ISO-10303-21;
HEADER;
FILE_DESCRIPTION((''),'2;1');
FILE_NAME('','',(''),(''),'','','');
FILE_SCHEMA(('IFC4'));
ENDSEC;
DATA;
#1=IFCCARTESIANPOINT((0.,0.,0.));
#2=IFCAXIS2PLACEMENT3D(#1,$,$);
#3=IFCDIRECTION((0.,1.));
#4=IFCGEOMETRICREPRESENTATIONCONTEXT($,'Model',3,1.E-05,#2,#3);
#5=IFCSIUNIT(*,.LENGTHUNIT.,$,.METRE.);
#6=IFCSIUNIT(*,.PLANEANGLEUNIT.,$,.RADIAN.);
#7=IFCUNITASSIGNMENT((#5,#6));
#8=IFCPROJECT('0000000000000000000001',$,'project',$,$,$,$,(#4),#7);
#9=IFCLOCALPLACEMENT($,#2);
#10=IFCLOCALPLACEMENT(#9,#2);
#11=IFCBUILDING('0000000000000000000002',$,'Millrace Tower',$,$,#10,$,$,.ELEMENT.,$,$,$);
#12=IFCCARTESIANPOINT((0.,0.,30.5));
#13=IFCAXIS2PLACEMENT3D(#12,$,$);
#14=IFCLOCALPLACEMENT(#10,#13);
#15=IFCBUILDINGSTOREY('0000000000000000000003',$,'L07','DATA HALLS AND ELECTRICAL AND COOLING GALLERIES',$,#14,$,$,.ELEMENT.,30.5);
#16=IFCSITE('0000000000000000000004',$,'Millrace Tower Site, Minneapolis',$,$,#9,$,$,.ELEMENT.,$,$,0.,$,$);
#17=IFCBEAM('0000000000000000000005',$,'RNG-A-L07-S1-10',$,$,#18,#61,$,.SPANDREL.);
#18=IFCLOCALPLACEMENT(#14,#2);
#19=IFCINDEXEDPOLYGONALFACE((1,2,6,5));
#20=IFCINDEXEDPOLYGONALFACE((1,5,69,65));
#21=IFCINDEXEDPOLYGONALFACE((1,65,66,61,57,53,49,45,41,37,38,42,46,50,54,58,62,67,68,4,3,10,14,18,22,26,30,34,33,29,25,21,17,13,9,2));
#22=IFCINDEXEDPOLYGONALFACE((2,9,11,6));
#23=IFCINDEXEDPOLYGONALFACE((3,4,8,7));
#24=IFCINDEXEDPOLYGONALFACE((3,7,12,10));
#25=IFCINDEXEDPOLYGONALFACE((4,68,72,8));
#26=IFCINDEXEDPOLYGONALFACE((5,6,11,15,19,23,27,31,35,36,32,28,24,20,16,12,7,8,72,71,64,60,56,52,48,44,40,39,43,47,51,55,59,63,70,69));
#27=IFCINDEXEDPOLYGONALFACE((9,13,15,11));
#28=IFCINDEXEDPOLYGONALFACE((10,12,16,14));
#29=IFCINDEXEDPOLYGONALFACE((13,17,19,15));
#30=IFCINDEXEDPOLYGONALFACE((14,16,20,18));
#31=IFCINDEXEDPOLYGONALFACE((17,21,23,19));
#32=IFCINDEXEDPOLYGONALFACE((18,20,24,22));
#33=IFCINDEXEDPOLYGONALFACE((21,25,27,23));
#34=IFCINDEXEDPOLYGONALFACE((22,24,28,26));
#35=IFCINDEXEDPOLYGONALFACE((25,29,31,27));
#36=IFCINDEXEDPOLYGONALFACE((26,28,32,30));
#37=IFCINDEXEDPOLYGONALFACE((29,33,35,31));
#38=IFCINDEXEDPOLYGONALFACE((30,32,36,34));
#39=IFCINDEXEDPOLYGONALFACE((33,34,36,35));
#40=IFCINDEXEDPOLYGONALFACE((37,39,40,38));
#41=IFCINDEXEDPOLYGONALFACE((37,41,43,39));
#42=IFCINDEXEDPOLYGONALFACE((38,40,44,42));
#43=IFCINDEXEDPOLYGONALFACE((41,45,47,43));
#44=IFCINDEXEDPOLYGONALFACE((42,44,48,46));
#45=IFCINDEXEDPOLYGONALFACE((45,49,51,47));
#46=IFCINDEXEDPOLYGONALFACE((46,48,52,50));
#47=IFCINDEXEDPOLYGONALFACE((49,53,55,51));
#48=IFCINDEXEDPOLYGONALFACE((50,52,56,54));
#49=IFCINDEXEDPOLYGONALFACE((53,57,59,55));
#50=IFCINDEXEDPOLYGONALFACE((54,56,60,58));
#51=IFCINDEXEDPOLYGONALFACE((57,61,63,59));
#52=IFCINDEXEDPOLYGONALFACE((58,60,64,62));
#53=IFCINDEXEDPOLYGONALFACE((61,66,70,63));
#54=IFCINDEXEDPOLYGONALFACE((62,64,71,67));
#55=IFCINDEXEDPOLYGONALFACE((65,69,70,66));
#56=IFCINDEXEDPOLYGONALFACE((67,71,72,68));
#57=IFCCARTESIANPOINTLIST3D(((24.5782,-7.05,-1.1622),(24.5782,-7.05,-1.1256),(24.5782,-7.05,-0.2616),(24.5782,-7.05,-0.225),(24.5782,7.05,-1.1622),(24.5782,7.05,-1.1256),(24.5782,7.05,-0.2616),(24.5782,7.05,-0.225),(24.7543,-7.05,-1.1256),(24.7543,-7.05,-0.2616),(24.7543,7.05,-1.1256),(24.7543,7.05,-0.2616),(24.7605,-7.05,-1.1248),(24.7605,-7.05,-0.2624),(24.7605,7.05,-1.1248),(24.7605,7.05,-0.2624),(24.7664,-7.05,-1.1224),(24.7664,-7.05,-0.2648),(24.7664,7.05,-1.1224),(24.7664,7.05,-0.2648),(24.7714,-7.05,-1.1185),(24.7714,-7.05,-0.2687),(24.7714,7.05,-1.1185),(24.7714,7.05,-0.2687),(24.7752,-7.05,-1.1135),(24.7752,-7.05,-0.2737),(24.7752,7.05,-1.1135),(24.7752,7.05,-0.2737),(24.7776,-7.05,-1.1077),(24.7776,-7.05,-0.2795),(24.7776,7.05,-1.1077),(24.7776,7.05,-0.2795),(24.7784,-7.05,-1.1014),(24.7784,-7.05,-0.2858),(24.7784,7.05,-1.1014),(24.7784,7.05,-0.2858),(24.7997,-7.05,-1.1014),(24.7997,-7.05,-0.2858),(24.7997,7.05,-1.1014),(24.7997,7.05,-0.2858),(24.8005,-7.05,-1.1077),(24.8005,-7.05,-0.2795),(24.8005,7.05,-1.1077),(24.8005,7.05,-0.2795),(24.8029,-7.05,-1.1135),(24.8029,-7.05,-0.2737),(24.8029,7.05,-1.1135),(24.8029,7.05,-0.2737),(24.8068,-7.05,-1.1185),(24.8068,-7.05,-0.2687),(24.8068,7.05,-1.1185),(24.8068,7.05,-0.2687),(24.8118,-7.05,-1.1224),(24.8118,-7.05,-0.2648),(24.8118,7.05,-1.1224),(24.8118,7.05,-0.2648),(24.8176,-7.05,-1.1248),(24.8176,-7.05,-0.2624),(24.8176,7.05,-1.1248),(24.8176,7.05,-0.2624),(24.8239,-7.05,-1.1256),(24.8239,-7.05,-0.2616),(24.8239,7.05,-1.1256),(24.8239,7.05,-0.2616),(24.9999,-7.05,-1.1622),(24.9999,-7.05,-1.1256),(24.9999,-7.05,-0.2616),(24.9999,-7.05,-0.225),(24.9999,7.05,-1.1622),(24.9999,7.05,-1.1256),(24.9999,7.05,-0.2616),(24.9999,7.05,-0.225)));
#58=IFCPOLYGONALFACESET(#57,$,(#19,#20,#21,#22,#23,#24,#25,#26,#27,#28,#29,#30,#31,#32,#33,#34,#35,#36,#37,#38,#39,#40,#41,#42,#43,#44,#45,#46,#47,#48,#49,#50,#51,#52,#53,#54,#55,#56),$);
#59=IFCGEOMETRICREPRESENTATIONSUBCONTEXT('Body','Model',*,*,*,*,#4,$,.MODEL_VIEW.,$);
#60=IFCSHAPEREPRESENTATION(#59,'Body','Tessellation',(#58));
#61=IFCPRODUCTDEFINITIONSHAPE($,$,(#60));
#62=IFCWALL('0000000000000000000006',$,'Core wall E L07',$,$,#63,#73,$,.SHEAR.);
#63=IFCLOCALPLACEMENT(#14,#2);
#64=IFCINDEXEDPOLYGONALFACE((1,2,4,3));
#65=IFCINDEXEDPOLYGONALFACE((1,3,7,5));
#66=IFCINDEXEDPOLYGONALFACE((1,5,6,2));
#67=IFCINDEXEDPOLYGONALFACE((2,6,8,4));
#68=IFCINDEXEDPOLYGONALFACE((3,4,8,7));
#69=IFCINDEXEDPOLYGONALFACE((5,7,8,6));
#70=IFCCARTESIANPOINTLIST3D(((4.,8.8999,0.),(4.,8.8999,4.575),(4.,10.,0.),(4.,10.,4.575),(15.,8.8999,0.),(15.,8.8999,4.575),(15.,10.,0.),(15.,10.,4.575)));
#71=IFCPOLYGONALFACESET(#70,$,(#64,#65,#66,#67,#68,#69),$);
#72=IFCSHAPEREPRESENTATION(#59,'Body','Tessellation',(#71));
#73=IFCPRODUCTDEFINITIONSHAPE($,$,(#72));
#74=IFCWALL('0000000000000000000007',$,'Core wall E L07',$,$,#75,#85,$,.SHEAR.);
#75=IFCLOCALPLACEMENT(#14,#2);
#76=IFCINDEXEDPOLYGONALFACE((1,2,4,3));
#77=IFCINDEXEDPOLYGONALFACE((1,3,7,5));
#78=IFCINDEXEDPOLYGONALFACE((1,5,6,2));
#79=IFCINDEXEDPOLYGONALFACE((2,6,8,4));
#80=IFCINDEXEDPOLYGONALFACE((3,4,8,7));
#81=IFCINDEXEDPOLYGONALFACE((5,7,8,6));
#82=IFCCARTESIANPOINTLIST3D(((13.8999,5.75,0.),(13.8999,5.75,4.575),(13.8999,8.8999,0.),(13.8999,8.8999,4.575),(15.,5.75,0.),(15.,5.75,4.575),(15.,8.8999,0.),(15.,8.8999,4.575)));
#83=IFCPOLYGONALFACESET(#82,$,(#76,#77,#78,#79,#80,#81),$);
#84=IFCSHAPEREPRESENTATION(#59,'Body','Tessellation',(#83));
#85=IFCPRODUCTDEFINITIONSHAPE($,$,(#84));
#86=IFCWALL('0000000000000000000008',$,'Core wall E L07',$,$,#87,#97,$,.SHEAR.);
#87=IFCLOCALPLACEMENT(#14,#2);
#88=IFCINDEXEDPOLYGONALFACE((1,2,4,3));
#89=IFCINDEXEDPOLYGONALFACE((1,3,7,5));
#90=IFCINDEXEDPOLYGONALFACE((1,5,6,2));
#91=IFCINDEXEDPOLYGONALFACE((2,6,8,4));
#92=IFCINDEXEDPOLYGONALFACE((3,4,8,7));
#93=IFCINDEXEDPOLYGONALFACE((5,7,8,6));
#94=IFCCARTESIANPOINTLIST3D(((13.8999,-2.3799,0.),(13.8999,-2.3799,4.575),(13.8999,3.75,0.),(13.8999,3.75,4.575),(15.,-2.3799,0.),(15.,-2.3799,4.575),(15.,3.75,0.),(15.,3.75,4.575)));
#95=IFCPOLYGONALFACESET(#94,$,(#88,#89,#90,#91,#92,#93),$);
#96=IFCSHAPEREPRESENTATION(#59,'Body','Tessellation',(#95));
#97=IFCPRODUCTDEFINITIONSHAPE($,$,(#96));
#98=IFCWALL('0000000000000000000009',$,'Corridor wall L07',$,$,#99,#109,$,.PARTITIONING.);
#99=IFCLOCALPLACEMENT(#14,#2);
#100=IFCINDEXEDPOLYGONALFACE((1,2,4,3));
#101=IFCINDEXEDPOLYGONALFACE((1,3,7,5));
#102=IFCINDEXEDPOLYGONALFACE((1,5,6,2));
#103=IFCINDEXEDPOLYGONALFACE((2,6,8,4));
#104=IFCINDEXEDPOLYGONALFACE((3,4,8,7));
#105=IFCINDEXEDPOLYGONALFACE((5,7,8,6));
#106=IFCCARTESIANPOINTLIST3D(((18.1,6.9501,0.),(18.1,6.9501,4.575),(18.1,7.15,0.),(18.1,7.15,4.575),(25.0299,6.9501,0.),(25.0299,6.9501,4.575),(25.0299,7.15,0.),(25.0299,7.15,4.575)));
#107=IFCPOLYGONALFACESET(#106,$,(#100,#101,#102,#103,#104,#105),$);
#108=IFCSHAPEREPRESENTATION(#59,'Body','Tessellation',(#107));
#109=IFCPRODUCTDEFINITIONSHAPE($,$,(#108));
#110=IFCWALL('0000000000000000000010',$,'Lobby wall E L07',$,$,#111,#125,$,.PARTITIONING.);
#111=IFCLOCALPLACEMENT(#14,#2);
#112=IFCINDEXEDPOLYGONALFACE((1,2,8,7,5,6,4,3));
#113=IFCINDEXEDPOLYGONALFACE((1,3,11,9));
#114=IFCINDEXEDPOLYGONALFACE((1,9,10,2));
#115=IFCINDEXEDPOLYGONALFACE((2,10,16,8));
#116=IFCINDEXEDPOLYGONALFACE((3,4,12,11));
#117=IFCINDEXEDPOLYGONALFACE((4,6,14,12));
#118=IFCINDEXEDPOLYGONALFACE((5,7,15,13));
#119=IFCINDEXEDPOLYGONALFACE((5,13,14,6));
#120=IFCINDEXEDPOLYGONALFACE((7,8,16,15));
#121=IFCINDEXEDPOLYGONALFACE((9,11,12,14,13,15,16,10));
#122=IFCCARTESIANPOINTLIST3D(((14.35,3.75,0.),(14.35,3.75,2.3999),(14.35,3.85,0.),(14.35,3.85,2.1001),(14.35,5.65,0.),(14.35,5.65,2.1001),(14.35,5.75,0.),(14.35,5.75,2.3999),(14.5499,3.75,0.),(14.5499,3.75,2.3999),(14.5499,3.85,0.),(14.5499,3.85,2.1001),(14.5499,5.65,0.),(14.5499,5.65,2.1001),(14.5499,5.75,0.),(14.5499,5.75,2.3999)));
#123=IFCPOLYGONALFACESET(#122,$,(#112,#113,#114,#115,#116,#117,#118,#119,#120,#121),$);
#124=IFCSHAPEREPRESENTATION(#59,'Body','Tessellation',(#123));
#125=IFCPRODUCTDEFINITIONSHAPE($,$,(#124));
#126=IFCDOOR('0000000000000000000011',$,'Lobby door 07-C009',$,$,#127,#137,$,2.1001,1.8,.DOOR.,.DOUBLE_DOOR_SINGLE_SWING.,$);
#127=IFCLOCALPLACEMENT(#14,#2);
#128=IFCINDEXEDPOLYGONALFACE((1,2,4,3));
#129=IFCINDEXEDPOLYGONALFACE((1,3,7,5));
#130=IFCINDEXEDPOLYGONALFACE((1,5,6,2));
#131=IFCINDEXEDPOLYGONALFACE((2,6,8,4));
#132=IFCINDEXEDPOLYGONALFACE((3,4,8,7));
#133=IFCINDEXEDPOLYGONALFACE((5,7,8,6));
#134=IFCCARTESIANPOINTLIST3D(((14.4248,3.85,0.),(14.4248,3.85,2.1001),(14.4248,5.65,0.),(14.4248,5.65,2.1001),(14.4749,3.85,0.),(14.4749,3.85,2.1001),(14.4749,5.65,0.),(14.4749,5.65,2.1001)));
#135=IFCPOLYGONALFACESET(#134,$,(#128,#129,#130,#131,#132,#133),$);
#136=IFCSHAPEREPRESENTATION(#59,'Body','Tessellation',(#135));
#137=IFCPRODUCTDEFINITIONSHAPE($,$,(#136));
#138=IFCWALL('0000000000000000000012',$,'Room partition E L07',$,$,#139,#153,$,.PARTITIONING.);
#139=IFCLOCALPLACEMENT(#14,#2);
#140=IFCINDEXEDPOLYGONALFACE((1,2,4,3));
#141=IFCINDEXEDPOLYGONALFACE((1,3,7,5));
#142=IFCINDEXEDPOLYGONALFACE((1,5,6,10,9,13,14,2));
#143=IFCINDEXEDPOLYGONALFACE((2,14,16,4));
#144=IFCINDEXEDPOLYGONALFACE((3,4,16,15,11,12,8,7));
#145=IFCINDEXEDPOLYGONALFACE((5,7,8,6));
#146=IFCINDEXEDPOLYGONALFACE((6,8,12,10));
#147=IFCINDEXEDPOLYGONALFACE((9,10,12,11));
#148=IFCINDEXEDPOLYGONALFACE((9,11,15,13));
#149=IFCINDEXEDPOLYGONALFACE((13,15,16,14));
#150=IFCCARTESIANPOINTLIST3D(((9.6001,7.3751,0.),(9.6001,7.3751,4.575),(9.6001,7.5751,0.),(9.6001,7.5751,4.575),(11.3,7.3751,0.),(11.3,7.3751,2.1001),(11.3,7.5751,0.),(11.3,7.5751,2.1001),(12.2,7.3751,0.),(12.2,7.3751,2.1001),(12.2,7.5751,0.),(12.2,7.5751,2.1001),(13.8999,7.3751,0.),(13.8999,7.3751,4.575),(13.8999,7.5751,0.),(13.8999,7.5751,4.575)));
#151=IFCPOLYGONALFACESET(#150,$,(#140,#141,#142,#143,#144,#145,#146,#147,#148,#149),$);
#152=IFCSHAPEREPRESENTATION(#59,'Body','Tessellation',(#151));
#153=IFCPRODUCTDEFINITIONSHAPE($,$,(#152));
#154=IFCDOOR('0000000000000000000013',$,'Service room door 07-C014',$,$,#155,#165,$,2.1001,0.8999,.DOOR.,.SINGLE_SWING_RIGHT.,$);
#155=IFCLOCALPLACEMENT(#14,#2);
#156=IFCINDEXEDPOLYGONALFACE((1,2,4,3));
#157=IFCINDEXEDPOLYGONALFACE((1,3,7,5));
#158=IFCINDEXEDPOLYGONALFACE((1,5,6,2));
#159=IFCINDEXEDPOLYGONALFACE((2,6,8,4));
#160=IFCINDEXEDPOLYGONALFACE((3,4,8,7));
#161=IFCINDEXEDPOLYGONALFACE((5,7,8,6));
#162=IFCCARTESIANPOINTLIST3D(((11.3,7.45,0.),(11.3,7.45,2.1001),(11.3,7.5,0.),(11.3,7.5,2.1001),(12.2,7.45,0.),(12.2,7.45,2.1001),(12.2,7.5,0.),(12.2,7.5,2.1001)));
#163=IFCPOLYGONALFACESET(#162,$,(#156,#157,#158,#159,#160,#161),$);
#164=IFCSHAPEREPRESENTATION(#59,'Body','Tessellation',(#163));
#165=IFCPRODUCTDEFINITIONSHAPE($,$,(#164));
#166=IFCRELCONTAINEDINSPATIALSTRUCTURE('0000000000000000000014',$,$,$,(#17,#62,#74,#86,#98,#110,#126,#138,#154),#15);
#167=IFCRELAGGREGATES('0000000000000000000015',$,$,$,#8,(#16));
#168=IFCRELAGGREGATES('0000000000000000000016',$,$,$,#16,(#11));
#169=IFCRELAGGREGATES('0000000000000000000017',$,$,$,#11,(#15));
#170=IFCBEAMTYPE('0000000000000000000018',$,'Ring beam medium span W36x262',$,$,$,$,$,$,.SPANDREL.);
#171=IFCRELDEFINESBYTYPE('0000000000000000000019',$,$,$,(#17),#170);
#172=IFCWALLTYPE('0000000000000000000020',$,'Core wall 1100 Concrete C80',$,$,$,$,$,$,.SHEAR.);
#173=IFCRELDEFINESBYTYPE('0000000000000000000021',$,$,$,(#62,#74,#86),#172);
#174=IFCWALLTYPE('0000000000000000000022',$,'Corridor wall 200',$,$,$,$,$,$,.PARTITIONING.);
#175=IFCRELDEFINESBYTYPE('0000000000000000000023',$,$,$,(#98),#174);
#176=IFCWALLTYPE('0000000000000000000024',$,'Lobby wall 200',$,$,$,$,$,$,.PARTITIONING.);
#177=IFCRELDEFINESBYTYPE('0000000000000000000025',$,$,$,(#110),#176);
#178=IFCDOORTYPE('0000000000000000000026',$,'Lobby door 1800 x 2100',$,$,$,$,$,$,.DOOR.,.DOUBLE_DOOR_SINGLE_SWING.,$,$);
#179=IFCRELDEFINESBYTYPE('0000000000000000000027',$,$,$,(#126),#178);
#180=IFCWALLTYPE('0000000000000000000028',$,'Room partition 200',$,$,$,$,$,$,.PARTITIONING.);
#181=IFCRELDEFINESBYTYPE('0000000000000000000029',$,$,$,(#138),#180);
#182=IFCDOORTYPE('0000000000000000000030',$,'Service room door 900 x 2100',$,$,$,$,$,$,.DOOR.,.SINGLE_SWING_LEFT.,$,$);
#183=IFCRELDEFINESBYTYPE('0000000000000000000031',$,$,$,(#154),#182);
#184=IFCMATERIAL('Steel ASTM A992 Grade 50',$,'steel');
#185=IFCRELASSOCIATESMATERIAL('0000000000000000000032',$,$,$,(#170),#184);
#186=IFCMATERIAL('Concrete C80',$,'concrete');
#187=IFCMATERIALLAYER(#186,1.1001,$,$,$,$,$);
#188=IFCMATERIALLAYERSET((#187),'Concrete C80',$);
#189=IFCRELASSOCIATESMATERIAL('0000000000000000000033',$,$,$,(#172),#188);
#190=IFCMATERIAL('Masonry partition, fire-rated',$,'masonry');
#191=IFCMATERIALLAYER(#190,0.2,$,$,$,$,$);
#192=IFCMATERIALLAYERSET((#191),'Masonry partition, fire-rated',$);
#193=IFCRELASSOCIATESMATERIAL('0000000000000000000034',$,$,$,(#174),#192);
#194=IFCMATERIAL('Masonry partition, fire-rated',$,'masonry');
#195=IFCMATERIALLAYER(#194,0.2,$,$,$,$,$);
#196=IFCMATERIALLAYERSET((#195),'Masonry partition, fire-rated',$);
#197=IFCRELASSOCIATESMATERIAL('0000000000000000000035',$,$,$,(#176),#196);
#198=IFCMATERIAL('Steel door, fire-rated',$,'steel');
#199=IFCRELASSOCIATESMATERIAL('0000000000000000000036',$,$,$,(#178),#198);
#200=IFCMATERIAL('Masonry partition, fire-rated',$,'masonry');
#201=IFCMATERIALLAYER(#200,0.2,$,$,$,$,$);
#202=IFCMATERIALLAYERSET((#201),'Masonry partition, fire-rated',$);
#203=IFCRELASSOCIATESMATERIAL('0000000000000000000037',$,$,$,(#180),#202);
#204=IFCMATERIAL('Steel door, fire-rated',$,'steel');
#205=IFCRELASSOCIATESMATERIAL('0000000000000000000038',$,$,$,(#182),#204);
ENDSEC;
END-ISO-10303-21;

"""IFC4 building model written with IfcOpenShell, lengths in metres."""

from ifc_helpers import new_model, si_unit, direction, frame, frame_2d, origin, origin_2d, place, context, subcontext, project, spatial, rectangle, i_section, extrude, material, layer, layer_set, material_profile, profile_set, type_object, element, fill, save


model = new_model("IFC4")

# Units and contexts
model_context = context("Model", 3, precision=1e-05, world=origin(), true_north=direction((0.0, 1.0)))
body_context = subcontext(model_context, "Body", "Model", "MODEL_VIEW")
ifc_project = project(units=[si_unit("LENGTHUNIT", "METRE"), si_unit("PLANEANGLEUNIT", "RADIAN")], contexts=[model_context])

# Site, building, storey
site_placement = place(None, origin())
site = spatial("IfcSite", under=ifc_project, at=site_placement, Name="Millrace Tower Site, Minneapolis", CompositionType="ELEMENT", RefElevation=0.0)
building_placement = place(site_placement, origin())
building = spatial("IfcBuilding", under=site, at=building_placement, Name="Millrace Tower", CompositionType="ELEMENT")
storey_placement = place(building_placement, frame((0.0, 0.0, 30.5)))
storey = spatial("IfcBuildingStorey", under=building, at=storey_placement, Name="L07", Description="DATA HALLS AND ELECTRICAL AND COOLING GALLERIES", CompositionType="ELEMENT", Elevation=30.5)

# Beam
ifc_material_1 = material(Name="Steel ASTM A992 Grade 50", Category="steel")
ifc_material_profile_1 = material_profile(ifc_material_1, i_section(OverallWidth=0.4216, OverallDepth=0.9373, WebThickness=0.0212, FlangeThickness=0.0366, FilletRadius=0.0242, at=origin_2d()))
ifc_profile_set_1 = profile_set([ifc_material_profile_1], Name="Steel ASTM A992 Grade 50")
beam_type_1 = type_object("IfcBeamType", Name="Ring beam medium span W36x262", PredefinedType="SPANDREL", material=ifc_profile_set_1)
beam_1_placement = place(storey_placement, frame((24.7891, 7.05, -0.6936), z_axis=(0.0, -1.0, 0.0), x_axis=(1.0, 0.0, 0.0)))
element("IfcBeam", 1, at=beam_1_placement, inside=storey, type_object=beam_type_1, Name="RNG-A-L07-S1-10", PredefinedType="SPANDREL", context=body_context, shape_type="SweptSolid", body=[
    extrude(i_section(OverallWidth=0.4216, OverallDepth=0.9373, WebThickness=0.0212, FlangeThickness=0.0366, FilletRadius=0.0242, at=origin_2d()), origin(), (0.0, 0.0, 1.0), 14.1001),
])

# Walls
ifc_material_2 = material(Name="Concrete C80", Category="concrete")
ifc_layer_1 = layer(ifc_material_2, 1.1001)
ifc_layer_set_1 = layer_set([ifc_layer_1], Name="Concrete C80")
wall_type_1 = type_object("IfcWallType", Name="Core wall 1100 Concrete C80", PredefinedType="SHEAR", material=ifc_layer_set_1)
wall_1_placement = place(storey_placement, frame((15.0, 9.45, 0.0), z_axis=(0.0, 0.0, 1.0), x_axis=(-1.0, 0.0, 0.0)))
element("IfcWall", 2, at=wall_1_placement, inside=storey, type_object=wall_type_1, Name="Core wall E L07", PredefinedType="SHEAR", context=body_context, shape_type="SweptSolid", body=[
    extrude(rectangle(XDim=11.0, YDim=1.1001, at=frame_2d((5.5, 0.0))), origin(), (0.0, 0.0, 1.0), 4.575),
])
wall_2_placement = place(storey_placement, frame((14.45, 8.8999, 0.0), z_axis=(0.0, 0.0, 1.0), x_axis=(0.0, -1.0, 0.0)))
element("IfcWall", 3, at=wall_2_placement, inside=storey, type_object=wall_type_1, Name="Core wall E L07", PredefinedType="SHEAR", context=body_context, shape_type="SweptSolid", body=[
    extrude(rectangle(XDim=3.1499, YDim=1.1001, at=frame_2d((1.575, 0.0))), origin(), (0.0, 0.0, 1.0), 4.575),
])
wall_3_placement = place(storey_placement, frame((14.45, 3.75, 0.0), z_axis=(0.0, 0.0, 1.0), x_axis=(0.0, -1.0, 0.0)))
element("IfcWall", 4, at=wall_3_placement, inside=storey, type_object=wall_type_1, Name="Core wall E L07", PredefinedType="SHEAR", context=body_context, shape_type="SweptSolid", body=[
    extrude(rectangle(XDim=6.1299, YDim=1.1001, at=frame_2d((3.0649, 0.0))), origin(), (0.0, 0.0, 1.0), 4.575),
])
ifc_material_3 = material(Name="Masonry partition, fire-rated", Category="masonry")
ifc_layer_2 = layer(ifc_material_3, 0.2)
ifc_layer_set_2 = layer_set([ifc_layer_2], Name="Masonry partition, fire-rated")
wall_type_2 = type_object("IfcWallType", Name="Corridor wall 200", PredefinedType="PARTITIONING", material=ifc_layer_set_2)
wall_4_placement = place(storey_placement, frame((18.1001, 7.05, 0.0), z_axis=(0.0, 0.0, 1.0), x_axis=(1.0, 0.0, 0.0)))
element("IfcWall", 5, at=wall_4_placement, inside=storey, type_object=wall_type_2, Name="Corridor wall L07", PredefinedType="PARTITIONING", context=body_context, shape_type="SweptSolid", body=[
    extrude(rectangle(XDim=6.9299, YDim=0.2, at=frame_2d((3.4648, 0.0))), origin(), (0.0, 0.0, 1.0), 4.575),
])

# Walls, openings, doors
ifc_material_4 = material(Name="Masonry partition, fire-rated", Category="masonry")
ifc_layer_3 = layer(ifc_material_4, 0.2)
ifc_layer_set_3 = layer_set([ifc_layer_3], Name="Masonry partition, fire-rated")
wall_type_3 = type_object("IfcWallType", Name="Lobby wall 200", PredefinedType="PARTITIONING", material=ifc_layer_set_3)
wall_5_placement = place(storey_placement, frame((14.45, 5.75, 0.0), z_axis=(0.0, 0.0, 1.0), x_axis=(0.0, -1.0, 0.0)))
wall_5 = element("IfcWall", 6, at=wall_5_placement, inside=storey, type_object=wall_type_3, Name="Lobby wall E L07", PredefinedType="PARTITIONING", context=body_context, shape_type="SweptSolid", body=[
    extrude(rectangle(XDim=2.0, YDim=0.2, at=frame_2d((1.0, 0.0))), origin(), (0.0, 0.0, 1.0), 2.3999),
])
opening_1_placement = place(wall_5_placement, frame((0.1001, 0.0, 0.0)))
opening_1 = element("IfcOpeningElement", 7, at=opening_1_placement, cuts=wall_5, PredefinedType="OPENING", context=body_context, shape_type="SweptSolid", body=[
    extrude(rectangle(XDim=1.8, YDim=2.1001, at=frame_2d((0.8999, 1.05))), frame((0.0, 0.1099, 0.0), z_axis=(0.0, -1.0, 0.0), x_axis=(1.0, 0.0, 0.0)), (0.0, 0.0, 1.0), 0.22),
])
ifc_material_5 = material(Name="Steel door, fire-rated", Category="steel")
door_type_1 = type_object("IfcDoorType", Name="Lobby door 1800 x 2100", OperationType="DOUBLE_DOOR_SINGLE_SWING", PredefinedType="DOOR", material=ifc_material_5)
door_1_placement = place(opening_1_placement, origin())
door_1 = element("IfcDoor", 8, at=door_1_placement, inside=storey, type_object=door_type_1, Name="Lobby door 07-C009", OperationType="DOUBLE_DOOR_SINGLE_SWING", OverallHeight=2.1001, OverallWidth=1.8, PredefinedType="DOOR", context=body_context, shape_type="SweptSolid", body=[
    extrude(rectangle(XDim=1.8, YDim=2.1001, at=frame_2d((0.8999, 1.05))), frame((0.0, 0.0249, 0.0), z_axis=(0.0, -1.0, 0.0), x_axis=(1.0, 0.0, 0.0)), (0.0, 0.0, 1.0), 0.05),
])
fill(opening_1, door_1)
ifc_material_6 = material(Name="Masonry partition, fire-rated", Category="masonry")
ifc_layer_4 = layer(ifc_material_6, 0.2)
ifc_layer_set_4 = layer_set([ifc_layer_4], Name="Masonry partition, fire-rated")
wall_type_4 = type_object("IfcWallType", Name="Room partition 200", PredefinedType="PARTITIONING", material=ifc_layer_set_4)
wall_6_placement = place(storey_placement, frame((13.8999, 7.4751, 0.0), z_axis=(0.0, 0.0, 1.0), x_axis=(-1.0, 0.0, 0.0)))
wall_6 = element("IfcWall", 9, at=wall_6_placement, inside=storey, type_object=wall_type_4, Name="Room partition E L07", PredefinedType="PARTITIONING", context=body_context, shape_type="SweptSolid", body=[
    extrude(rectangle(XDim=4.2998, YDim=0.2, at=frame_2d((2.1499, 0.0))), origin(), (0.0, 0.0, 1.0), 4.575),
])
opening_2_placement = place(wall_6_placement, frame((1.7, 0.0, 0.0)))
opening_2 = element("IfcOpeningElement", 10, at=opening_2_placement, cuts=wall_6, PredefinedType="OPENING", context=body_context, shape_type="SweptSolid", body=[
    extrude(rectangle(XDim=0.8999, YDim=2.1001, at=frame_2d((0.45, 1.05))), frame((0.0, 0.1099, 0.0), z_axis=(0.0, -1.0, 0.0), x_axis=(1.0, 0.0, 0.0)), (0.0, 0.0, 1.0), 0.22),
])
ifc_material_7 = material(Name="Steel door, fire-rated", Category="steel")
door_type_2 = type_object("IfcDoorType", Name="Service room door 900 x 2100", OperationType="SINGLE_SWING_LEFT", PredefinedType="DOOR", material=ifc_material_7)
door_2_placement = place(opening_2_placement, frame((0.8999, 0.0, 0.0), z_axis=(0.0, 0.0, 1.0), x_axis=(-1.0, 0.0, 0.0)))
door_2 = element("IfcDoor", 11, at=door_2_placement, inside=storey, type_object=door_type_2, Name="Service room door 07-C014", OperationType="SINGLE_SWING_RIGHT", OverallHeight=2.1001, OverallWidth=0.8999, PredefinedType="DOOR", context=body_context, shape_type="SweptSolid", body=[
    extrude(rectangle(XDim=0.8999, YDim=2.1001, at=frame_2d((0.45, 1.05))), frame((0.0, 0.0249, 0.0), z_axis=(0.0, -1.0, 0.0), x_axis=(1.0, 0.0, 0.0)), (0.0, 0.0, 1.0), 0.05),
])
fill(opening_2, door_2)

save(model, "model.ifc")
